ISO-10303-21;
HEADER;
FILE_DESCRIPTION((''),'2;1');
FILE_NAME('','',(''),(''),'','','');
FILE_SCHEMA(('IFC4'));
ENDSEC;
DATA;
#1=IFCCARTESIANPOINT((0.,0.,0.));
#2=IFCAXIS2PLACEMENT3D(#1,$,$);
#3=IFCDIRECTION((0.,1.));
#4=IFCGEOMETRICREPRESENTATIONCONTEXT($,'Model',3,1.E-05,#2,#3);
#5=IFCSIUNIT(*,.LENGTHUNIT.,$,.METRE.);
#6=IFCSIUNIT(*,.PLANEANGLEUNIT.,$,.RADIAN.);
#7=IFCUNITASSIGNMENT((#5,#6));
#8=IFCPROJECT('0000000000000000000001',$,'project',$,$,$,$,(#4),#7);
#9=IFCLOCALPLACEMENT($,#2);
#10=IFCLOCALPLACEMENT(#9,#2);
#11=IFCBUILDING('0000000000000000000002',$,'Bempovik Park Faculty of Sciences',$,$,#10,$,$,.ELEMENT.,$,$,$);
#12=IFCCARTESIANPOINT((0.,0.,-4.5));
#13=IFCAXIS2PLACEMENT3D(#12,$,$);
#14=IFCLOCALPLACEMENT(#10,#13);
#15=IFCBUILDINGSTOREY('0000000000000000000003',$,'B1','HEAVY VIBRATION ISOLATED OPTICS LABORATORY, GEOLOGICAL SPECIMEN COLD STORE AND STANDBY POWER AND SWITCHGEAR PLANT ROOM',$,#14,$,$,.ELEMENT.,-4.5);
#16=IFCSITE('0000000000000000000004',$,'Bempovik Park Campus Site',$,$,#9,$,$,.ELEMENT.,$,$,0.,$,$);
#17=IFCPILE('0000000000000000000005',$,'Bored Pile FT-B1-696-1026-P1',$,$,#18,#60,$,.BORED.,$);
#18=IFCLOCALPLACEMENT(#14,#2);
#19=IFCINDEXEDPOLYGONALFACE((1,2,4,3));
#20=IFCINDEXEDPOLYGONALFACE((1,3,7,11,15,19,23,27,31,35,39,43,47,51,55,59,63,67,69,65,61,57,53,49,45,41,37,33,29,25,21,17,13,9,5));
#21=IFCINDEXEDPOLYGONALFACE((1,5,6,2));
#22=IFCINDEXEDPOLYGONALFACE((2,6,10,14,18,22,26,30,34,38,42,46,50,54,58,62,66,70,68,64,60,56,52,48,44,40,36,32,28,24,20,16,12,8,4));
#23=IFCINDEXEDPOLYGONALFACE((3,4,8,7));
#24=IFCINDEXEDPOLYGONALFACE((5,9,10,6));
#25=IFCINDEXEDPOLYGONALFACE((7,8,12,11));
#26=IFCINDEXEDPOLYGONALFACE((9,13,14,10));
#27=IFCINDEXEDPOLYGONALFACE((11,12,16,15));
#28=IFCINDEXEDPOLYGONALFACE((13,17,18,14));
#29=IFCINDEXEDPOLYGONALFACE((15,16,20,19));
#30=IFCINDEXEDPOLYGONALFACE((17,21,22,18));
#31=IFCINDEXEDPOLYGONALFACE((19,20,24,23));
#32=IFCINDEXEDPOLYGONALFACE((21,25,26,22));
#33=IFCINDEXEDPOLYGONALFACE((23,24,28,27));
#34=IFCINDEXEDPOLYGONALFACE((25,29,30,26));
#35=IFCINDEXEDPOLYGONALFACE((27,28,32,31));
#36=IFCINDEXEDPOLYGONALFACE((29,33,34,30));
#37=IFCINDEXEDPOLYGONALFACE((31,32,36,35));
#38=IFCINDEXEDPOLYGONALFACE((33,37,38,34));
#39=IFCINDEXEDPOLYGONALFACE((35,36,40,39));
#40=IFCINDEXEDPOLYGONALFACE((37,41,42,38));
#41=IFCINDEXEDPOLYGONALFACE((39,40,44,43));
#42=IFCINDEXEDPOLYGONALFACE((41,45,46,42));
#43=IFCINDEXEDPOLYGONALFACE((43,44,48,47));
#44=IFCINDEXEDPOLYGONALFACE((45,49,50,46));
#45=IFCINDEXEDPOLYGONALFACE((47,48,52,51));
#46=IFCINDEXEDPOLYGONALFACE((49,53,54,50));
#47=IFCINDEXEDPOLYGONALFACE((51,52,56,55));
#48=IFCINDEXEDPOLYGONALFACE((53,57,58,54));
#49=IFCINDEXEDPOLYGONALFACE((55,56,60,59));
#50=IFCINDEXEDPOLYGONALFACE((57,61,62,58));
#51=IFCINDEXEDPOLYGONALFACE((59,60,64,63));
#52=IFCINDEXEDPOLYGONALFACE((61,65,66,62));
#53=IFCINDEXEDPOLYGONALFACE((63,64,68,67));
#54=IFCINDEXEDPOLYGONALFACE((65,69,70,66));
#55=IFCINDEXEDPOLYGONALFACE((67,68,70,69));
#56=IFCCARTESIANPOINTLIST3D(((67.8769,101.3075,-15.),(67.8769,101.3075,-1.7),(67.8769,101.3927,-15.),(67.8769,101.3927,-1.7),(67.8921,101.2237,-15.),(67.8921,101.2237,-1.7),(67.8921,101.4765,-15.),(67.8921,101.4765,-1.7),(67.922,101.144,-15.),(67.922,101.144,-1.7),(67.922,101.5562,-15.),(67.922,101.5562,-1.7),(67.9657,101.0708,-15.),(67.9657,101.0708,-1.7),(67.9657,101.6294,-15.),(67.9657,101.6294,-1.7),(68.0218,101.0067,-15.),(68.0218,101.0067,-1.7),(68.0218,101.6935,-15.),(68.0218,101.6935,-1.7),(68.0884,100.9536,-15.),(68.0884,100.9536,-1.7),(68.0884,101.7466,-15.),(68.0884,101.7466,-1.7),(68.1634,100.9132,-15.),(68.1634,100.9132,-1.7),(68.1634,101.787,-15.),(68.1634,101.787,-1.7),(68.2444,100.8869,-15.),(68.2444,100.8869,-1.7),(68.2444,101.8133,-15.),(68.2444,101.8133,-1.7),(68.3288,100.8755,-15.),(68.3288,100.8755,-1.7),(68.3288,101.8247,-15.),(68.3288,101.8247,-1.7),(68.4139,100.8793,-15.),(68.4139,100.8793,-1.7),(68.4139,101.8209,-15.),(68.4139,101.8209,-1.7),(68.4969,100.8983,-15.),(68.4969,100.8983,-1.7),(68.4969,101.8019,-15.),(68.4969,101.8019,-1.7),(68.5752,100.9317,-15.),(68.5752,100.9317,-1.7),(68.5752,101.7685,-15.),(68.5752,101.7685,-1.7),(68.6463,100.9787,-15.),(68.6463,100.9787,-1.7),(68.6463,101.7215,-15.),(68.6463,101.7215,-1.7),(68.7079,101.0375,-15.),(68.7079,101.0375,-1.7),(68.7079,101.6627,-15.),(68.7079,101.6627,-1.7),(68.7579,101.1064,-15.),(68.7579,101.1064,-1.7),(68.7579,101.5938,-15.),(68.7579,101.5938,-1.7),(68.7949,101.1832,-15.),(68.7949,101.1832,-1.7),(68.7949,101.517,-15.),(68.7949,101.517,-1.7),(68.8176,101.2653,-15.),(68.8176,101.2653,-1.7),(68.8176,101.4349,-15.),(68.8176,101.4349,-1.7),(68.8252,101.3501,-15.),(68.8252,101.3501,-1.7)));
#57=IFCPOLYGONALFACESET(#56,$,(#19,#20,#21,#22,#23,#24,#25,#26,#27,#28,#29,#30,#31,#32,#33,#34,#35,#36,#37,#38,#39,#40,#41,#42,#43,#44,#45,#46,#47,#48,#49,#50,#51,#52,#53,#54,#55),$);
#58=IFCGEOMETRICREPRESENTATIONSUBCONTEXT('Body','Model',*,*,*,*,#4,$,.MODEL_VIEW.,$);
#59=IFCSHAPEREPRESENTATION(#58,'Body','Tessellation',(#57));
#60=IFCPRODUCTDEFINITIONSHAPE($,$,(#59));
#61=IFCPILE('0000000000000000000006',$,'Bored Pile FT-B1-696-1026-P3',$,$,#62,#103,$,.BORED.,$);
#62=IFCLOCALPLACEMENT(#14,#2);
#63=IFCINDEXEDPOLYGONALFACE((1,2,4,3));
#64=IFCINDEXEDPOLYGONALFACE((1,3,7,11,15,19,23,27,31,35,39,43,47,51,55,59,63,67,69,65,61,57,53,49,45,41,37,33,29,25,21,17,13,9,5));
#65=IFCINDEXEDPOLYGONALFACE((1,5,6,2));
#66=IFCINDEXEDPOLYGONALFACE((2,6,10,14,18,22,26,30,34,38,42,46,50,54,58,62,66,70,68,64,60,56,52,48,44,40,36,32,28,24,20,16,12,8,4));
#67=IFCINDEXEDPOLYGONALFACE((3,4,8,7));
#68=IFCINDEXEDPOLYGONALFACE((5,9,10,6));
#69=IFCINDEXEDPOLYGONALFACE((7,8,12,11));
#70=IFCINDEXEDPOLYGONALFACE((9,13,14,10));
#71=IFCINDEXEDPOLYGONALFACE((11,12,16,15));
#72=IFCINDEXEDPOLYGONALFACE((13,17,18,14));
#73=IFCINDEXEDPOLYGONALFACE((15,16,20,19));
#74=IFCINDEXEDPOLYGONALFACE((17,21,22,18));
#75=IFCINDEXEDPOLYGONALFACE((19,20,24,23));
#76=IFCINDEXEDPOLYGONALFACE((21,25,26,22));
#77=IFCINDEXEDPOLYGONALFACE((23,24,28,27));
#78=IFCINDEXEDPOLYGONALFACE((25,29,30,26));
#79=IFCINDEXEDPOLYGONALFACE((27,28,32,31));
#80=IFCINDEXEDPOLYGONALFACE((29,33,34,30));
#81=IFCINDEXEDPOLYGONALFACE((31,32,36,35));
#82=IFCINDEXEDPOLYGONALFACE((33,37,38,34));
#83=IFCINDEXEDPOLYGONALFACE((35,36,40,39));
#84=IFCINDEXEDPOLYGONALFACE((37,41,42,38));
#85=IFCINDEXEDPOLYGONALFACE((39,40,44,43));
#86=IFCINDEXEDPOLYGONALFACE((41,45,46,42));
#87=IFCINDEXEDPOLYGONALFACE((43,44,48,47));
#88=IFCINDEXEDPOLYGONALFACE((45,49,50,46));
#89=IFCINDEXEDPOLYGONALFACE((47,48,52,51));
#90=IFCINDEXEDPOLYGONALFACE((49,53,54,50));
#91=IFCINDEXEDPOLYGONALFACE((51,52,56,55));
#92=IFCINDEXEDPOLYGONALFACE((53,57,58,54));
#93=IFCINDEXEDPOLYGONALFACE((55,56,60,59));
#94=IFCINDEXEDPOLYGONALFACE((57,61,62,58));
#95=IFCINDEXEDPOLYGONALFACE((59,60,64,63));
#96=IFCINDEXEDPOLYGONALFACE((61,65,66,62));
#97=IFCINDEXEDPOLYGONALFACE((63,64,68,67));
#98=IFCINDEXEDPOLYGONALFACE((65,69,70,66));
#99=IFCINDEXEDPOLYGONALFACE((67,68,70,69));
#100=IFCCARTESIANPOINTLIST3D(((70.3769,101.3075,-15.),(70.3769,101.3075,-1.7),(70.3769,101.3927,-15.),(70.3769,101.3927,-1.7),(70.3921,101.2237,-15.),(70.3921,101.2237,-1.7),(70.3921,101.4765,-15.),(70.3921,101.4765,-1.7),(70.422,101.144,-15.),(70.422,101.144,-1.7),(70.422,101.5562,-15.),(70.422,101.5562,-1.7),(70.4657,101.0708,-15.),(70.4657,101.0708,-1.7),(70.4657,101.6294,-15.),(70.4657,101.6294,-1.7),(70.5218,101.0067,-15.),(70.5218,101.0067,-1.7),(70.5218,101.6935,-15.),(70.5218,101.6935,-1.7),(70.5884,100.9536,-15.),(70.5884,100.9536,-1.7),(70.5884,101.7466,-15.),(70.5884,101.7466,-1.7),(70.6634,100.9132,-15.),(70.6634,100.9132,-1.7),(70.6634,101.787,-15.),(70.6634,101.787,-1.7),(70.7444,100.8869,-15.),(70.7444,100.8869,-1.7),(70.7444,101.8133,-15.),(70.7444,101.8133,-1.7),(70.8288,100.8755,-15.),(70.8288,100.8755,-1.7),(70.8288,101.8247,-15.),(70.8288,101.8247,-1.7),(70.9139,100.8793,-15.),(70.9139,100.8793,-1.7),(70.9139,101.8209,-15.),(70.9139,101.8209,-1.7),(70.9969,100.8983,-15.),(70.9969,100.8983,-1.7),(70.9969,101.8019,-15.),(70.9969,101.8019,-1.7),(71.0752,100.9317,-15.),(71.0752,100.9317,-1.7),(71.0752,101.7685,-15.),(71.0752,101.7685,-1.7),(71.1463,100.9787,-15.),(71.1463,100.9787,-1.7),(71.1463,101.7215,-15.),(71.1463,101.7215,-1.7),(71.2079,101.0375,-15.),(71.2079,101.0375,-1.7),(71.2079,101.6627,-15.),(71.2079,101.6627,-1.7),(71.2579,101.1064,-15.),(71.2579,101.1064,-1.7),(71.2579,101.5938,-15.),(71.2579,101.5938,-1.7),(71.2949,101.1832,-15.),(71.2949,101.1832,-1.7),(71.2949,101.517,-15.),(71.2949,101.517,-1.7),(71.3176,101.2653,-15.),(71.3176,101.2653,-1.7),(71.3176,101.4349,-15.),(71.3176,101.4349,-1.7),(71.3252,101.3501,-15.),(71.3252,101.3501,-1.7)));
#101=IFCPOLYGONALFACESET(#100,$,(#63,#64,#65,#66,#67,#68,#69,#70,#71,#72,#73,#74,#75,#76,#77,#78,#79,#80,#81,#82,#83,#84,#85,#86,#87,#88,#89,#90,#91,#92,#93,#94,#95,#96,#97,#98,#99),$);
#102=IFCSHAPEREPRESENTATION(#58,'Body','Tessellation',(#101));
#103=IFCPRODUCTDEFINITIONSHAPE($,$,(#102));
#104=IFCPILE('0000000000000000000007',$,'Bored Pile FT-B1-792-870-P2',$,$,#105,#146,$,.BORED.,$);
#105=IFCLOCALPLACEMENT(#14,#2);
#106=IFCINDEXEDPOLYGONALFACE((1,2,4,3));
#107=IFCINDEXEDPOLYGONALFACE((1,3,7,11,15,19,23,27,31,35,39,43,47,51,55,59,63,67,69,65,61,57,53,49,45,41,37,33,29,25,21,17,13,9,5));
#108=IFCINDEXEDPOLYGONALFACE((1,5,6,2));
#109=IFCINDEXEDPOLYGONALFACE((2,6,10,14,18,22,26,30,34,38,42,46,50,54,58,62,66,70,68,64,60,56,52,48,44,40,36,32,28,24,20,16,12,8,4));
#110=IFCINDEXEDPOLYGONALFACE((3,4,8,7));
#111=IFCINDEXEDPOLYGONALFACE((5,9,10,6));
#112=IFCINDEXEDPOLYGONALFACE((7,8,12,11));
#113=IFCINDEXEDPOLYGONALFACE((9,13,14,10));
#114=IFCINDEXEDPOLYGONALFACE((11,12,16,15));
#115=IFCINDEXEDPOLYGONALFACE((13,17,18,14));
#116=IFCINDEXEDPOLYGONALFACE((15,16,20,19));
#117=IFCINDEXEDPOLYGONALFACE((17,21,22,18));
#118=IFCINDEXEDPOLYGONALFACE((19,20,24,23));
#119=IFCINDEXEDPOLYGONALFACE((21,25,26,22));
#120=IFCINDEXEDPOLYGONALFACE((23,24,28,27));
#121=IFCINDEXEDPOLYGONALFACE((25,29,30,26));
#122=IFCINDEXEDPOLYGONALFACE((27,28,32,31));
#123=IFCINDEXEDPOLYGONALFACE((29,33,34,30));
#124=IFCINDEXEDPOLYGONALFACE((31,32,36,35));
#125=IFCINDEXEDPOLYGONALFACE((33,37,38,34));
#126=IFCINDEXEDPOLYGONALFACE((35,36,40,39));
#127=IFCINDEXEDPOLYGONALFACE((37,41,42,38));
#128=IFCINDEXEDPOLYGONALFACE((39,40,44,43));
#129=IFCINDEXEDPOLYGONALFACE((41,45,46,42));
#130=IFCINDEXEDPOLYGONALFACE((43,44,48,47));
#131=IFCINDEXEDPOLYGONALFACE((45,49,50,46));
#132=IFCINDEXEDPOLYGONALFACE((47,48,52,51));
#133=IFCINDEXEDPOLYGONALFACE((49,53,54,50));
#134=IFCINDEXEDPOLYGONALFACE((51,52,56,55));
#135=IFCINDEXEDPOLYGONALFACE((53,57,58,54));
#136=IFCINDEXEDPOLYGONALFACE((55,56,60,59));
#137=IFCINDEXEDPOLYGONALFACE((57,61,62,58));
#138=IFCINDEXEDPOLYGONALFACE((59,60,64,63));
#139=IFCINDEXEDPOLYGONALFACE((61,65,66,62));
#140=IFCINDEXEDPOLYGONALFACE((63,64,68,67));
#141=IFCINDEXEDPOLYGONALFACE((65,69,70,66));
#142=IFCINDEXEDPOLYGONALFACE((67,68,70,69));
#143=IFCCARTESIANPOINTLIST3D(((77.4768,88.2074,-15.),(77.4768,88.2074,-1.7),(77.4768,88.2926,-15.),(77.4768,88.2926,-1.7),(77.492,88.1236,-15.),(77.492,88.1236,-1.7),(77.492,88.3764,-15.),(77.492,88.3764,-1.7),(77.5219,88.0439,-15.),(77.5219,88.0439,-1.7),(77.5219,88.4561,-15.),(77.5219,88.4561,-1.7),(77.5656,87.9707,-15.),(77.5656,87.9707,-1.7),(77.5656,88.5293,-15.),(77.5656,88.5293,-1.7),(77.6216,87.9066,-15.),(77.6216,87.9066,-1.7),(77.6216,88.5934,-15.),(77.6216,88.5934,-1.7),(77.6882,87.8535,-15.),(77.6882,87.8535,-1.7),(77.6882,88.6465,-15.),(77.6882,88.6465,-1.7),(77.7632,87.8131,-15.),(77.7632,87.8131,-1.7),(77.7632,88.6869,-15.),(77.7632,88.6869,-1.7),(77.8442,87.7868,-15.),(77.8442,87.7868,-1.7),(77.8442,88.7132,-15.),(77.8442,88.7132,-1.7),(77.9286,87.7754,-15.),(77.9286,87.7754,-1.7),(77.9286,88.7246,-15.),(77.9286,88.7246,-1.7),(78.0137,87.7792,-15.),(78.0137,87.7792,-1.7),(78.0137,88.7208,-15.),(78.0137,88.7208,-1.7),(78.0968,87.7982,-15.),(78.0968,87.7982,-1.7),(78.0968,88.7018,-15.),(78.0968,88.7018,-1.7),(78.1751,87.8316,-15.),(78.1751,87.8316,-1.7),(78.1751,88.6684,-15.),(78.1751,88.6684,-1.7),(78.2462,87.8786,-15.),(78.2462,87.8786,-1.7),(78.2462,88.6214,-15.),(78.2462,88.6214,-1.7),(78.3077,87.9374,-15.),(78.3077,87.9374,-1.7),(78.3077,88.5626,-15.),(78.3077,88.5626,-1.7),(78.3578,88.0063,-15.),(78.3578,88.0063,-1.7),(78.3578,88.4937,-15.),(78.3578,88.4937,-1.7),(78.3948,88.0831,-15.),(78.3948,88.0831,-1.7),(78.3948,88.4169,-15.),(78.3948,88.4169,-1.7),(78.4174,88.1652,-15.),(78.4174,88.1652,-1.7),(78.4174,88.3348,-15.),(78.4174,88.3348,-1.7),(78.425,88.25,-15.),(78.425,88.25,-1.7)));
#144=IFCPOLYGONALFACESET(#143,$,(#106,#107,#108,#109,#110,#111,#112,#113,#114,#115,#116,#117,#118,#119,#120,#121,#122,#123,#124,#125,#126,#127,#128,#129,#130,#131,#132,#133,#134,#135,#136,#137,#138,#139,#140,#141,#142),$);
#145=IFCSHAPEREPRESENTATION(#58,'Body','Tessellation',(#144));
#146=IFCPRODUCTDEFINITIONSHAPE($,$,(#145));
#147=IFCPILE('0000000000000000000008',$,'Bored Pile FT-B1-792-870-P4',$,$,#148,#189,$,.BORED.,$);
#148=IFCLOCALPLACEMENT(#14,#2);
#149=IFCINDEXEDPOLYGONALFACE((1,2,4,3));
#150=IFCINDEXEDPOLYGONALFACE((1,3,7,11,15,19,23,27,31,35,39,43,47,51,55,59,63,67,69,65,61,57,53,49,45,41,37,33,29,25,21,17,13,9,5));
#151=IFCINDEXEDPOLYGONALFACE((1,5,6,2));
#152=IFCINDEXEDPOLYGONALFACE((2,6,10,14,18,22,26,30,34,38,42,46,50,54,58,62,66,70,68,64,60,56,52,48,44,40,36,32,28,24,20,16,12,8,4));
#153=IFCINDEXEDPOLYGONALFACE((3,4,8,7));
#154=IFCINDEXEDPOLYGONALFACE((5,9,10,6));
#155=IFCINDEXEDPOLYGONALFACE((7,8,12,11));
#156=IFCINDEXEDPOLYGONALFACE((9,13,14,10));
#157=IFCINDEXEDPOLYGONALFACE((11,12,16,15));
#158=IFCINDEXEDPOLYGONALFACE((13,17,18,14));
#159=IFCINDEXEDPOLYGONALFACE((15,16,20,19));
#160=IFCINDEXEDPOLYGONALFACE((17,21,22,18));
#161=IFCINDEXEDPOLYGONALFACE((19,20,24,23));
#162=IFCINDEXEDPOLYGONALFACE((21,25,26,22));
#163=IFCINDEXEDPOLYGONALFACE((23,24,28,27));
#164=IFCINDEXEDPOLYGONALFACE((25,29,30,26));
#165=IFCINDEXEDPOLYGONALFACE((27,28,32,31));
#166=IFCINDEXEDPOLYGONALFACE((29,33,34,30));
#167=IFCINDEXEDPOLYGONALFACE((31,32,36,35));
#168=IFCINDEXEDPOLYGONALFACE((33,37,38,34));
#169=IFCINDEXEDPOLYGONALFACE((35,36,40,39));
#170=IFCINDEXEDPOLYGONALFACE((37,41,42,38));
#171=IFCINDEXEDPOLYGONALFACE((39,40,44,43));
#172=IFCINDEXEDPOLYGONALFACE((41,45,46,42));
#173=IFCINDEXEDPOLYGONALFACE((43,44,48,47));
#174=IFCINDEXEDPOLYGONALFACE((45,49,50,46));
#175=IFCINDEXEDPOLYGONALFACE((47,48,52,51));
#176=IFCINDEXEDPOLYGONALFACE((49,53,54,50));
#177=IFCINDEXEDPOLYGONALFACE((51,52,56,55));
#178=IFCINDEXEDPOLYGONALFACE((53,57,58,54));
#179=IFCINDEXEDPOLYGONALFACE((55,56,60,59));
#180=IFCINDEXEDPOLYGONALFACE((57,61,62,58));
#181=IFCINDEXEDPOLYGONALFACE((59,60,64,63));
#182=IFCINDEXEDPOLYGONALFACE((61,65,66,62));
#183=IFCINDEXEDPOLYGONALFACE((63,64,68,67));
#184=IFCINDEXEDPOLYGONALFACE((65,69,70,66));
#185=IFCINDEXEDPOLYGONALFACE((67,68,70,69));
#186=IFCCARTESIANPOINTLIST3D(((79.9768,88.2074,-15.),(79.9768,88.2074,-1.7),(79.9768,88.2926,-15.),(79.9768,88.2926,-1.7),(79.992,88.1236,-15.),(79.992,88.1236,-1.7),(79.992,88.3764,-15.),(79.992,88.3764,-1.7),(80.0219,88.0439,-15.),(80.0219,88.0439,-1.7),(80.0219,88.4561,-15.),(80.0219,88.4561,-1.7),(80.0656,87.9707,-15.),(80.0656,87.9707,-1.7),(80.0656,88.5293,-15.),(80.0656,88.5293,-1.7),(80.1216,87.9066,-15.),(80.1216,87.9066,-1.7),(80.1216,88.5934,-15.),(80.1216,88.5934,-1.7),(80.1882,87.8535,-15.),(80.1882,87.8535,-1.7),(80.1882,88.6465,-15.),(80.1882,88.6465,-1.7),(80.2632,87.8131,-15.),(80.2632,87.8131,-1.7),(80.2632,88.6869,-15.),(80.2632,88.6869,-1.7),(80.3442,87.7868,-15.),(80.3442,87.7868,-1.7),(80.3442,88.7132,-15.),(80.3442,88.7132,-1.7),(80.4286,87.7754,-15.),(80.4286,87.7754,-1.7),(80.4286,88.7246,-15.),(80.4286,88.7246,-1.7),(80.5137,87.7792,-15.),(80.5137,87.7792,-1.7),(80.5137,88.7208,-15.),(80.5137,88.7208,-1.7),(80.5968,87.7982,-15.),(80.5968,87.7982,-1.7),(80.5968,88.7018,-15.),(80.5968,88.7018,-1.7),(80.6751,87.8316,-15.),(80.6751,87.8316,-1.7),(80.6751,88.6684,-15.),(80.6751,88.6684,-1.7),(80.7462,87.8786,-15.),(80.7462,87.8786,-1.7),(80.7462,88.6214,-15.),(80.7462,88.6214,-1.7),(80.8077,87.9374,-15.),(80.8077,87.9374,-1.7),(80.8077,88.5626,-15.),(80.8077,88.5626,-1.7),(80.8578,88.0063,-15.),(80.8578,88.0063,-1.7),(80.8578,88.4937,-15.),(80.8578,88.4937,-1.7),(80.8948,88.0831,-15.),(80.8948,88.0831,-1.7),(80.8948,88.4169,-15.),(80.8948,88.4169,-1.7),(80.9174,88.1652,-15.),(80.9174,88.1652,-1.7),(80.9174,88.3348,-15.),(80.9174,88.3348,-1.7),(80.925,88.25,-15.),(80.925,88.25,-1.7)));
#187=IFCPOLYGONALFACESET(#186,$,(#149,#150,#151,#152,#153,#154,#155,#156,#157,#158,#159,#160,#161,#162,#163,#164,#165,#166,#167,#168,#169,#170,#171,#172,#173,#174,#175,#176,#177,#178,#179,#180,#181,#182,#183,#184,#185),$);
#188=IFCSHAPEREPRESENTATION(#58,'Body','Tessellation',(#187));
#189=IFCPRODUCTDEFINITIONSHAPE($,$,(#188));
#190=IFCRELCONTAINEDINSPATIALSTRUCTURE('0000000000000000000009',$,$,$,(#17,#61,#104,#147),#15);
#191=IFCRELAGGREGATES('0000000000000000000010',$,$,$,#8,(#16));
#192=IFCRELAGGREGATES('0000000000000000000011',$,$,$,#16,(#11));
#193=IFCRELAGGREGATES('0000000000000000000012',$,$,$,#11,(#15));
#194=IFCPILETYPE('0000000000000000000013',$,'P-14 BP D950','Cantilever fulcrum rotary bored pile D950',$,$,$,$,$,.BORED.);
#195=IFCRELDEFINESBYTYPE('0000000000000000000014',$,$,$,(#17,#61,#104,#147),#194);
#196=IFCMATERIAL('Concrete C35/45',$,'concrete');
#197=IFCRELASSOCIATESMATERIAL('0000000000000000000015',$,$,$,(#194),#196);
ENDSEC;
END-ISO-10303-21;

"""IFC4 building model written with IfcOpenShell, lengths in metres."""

from ifc_helpers import new_model, si_unit, direction, frame, origin, origin_2d, place, context, subcontext, project, spatial, circle, extrude, material, material_profile, profile_set, type_object, element, save


model = new_model("IFC4")

# Units and contexts
model_context = context("Model", 3, precision=1e-05, world=origin(), true_north=direction((0.0, 1.0)))
body_context = subcontext(model_context, "Body", "Model", "MODEL_VIEW")
ifc_project = project(units=[si_unit("LENGTHUNIT", "METRE"), si_unit("PLANEANGLEUNIT", "RADIAN")], contexts=[model_context])

# Site, building, storey
site_placement = place(None, origin())
site = spatial("IfcSite", under=ifc_project, at=site_placement, Name="Bempovik Park Campus Site", CompositionType="ELEMENT", RefElevation=0.0)
building_placement = place(site_placement, origin())
building = spatial("IfcBuilding", under=site, at=building_placement, Name="Bempovik Park Faculty of Sciences", CompositionType="ELEMENT")
storey_placement = place(building_placement, frame((0.0, 0.0, -4.5)))
storey = spatial("IfcBuildingStorey", under=building, at=storey_placement, Name="B1", Description="HEAVY VIBRATION ISOLATED OPTICS LABORATORY, GEOLOGICAL SPECIMEN COLD STORE AND STANDBY POWER AND SWITCHGEAR PLANT ROOM", CompositionType="ELEMENT", Elevation=-4.5)

# Shared definitions
ifc_material_1 = material(Name="Concrete C35/45", Category="concrete")

# Piles
ifc_material_profile_1 = material_profile(ifc_material_1, circle(Radius=0.4751, at=origin_2d()), Name="BP D950")
ifc_profile_set_1 = profile_set([ifc_material_profile_1], Name="Concrete C35/45")
pile_type = type_object("IfcPileType", Name="P-14 BP D950", Description="Cantilever fulcrum rotary bored pile D950", PredefinedType="BORED", material=ifc_profile_set_1)
for number, where, z_axis, x_axis, name in (
    (1, (68.3501, 101.3501, -1.7), (0.0, 0.0, -1.0), (1.0, 0.0, 0.0), "Bored Pile FT-B1-696-1026-P1"),
    (2, (70.8501, 101.3501, -1.7), (0.0, 0.0, -1.0), (1.0, 0.0, 0.0), "Bored Pile FT-B1-696-1026-P3"),
    (3, (77.95, 88.25, -1.7), (0.0, 0.0, -1.0), (1.0, 0.0, 0.0), "Bored Pile FT-B1-792-870-P2"),
    (4, (80.45, 88.25, -1.7), (0.0, 0.0, -1.0), (1.0, 0.0, 0.0), "Bored Pile FT-B1-792-870-P4"),
):
    element("IfcPile", number, at=place(storey_placement, frame(where, z_axis=z_axis, x_axis=x_axis)), inside=storey, type_object=pile_type, Name=name, PredefinedType="BORED", context=body_context, shape_type="SweptSolid", body=[
        extrude(circle(Radius=0.4751, at=origin_2d()), origin(), (0.0, 0.0, 1.0), 13.3),
    ])

save(model, "model.ifc")
